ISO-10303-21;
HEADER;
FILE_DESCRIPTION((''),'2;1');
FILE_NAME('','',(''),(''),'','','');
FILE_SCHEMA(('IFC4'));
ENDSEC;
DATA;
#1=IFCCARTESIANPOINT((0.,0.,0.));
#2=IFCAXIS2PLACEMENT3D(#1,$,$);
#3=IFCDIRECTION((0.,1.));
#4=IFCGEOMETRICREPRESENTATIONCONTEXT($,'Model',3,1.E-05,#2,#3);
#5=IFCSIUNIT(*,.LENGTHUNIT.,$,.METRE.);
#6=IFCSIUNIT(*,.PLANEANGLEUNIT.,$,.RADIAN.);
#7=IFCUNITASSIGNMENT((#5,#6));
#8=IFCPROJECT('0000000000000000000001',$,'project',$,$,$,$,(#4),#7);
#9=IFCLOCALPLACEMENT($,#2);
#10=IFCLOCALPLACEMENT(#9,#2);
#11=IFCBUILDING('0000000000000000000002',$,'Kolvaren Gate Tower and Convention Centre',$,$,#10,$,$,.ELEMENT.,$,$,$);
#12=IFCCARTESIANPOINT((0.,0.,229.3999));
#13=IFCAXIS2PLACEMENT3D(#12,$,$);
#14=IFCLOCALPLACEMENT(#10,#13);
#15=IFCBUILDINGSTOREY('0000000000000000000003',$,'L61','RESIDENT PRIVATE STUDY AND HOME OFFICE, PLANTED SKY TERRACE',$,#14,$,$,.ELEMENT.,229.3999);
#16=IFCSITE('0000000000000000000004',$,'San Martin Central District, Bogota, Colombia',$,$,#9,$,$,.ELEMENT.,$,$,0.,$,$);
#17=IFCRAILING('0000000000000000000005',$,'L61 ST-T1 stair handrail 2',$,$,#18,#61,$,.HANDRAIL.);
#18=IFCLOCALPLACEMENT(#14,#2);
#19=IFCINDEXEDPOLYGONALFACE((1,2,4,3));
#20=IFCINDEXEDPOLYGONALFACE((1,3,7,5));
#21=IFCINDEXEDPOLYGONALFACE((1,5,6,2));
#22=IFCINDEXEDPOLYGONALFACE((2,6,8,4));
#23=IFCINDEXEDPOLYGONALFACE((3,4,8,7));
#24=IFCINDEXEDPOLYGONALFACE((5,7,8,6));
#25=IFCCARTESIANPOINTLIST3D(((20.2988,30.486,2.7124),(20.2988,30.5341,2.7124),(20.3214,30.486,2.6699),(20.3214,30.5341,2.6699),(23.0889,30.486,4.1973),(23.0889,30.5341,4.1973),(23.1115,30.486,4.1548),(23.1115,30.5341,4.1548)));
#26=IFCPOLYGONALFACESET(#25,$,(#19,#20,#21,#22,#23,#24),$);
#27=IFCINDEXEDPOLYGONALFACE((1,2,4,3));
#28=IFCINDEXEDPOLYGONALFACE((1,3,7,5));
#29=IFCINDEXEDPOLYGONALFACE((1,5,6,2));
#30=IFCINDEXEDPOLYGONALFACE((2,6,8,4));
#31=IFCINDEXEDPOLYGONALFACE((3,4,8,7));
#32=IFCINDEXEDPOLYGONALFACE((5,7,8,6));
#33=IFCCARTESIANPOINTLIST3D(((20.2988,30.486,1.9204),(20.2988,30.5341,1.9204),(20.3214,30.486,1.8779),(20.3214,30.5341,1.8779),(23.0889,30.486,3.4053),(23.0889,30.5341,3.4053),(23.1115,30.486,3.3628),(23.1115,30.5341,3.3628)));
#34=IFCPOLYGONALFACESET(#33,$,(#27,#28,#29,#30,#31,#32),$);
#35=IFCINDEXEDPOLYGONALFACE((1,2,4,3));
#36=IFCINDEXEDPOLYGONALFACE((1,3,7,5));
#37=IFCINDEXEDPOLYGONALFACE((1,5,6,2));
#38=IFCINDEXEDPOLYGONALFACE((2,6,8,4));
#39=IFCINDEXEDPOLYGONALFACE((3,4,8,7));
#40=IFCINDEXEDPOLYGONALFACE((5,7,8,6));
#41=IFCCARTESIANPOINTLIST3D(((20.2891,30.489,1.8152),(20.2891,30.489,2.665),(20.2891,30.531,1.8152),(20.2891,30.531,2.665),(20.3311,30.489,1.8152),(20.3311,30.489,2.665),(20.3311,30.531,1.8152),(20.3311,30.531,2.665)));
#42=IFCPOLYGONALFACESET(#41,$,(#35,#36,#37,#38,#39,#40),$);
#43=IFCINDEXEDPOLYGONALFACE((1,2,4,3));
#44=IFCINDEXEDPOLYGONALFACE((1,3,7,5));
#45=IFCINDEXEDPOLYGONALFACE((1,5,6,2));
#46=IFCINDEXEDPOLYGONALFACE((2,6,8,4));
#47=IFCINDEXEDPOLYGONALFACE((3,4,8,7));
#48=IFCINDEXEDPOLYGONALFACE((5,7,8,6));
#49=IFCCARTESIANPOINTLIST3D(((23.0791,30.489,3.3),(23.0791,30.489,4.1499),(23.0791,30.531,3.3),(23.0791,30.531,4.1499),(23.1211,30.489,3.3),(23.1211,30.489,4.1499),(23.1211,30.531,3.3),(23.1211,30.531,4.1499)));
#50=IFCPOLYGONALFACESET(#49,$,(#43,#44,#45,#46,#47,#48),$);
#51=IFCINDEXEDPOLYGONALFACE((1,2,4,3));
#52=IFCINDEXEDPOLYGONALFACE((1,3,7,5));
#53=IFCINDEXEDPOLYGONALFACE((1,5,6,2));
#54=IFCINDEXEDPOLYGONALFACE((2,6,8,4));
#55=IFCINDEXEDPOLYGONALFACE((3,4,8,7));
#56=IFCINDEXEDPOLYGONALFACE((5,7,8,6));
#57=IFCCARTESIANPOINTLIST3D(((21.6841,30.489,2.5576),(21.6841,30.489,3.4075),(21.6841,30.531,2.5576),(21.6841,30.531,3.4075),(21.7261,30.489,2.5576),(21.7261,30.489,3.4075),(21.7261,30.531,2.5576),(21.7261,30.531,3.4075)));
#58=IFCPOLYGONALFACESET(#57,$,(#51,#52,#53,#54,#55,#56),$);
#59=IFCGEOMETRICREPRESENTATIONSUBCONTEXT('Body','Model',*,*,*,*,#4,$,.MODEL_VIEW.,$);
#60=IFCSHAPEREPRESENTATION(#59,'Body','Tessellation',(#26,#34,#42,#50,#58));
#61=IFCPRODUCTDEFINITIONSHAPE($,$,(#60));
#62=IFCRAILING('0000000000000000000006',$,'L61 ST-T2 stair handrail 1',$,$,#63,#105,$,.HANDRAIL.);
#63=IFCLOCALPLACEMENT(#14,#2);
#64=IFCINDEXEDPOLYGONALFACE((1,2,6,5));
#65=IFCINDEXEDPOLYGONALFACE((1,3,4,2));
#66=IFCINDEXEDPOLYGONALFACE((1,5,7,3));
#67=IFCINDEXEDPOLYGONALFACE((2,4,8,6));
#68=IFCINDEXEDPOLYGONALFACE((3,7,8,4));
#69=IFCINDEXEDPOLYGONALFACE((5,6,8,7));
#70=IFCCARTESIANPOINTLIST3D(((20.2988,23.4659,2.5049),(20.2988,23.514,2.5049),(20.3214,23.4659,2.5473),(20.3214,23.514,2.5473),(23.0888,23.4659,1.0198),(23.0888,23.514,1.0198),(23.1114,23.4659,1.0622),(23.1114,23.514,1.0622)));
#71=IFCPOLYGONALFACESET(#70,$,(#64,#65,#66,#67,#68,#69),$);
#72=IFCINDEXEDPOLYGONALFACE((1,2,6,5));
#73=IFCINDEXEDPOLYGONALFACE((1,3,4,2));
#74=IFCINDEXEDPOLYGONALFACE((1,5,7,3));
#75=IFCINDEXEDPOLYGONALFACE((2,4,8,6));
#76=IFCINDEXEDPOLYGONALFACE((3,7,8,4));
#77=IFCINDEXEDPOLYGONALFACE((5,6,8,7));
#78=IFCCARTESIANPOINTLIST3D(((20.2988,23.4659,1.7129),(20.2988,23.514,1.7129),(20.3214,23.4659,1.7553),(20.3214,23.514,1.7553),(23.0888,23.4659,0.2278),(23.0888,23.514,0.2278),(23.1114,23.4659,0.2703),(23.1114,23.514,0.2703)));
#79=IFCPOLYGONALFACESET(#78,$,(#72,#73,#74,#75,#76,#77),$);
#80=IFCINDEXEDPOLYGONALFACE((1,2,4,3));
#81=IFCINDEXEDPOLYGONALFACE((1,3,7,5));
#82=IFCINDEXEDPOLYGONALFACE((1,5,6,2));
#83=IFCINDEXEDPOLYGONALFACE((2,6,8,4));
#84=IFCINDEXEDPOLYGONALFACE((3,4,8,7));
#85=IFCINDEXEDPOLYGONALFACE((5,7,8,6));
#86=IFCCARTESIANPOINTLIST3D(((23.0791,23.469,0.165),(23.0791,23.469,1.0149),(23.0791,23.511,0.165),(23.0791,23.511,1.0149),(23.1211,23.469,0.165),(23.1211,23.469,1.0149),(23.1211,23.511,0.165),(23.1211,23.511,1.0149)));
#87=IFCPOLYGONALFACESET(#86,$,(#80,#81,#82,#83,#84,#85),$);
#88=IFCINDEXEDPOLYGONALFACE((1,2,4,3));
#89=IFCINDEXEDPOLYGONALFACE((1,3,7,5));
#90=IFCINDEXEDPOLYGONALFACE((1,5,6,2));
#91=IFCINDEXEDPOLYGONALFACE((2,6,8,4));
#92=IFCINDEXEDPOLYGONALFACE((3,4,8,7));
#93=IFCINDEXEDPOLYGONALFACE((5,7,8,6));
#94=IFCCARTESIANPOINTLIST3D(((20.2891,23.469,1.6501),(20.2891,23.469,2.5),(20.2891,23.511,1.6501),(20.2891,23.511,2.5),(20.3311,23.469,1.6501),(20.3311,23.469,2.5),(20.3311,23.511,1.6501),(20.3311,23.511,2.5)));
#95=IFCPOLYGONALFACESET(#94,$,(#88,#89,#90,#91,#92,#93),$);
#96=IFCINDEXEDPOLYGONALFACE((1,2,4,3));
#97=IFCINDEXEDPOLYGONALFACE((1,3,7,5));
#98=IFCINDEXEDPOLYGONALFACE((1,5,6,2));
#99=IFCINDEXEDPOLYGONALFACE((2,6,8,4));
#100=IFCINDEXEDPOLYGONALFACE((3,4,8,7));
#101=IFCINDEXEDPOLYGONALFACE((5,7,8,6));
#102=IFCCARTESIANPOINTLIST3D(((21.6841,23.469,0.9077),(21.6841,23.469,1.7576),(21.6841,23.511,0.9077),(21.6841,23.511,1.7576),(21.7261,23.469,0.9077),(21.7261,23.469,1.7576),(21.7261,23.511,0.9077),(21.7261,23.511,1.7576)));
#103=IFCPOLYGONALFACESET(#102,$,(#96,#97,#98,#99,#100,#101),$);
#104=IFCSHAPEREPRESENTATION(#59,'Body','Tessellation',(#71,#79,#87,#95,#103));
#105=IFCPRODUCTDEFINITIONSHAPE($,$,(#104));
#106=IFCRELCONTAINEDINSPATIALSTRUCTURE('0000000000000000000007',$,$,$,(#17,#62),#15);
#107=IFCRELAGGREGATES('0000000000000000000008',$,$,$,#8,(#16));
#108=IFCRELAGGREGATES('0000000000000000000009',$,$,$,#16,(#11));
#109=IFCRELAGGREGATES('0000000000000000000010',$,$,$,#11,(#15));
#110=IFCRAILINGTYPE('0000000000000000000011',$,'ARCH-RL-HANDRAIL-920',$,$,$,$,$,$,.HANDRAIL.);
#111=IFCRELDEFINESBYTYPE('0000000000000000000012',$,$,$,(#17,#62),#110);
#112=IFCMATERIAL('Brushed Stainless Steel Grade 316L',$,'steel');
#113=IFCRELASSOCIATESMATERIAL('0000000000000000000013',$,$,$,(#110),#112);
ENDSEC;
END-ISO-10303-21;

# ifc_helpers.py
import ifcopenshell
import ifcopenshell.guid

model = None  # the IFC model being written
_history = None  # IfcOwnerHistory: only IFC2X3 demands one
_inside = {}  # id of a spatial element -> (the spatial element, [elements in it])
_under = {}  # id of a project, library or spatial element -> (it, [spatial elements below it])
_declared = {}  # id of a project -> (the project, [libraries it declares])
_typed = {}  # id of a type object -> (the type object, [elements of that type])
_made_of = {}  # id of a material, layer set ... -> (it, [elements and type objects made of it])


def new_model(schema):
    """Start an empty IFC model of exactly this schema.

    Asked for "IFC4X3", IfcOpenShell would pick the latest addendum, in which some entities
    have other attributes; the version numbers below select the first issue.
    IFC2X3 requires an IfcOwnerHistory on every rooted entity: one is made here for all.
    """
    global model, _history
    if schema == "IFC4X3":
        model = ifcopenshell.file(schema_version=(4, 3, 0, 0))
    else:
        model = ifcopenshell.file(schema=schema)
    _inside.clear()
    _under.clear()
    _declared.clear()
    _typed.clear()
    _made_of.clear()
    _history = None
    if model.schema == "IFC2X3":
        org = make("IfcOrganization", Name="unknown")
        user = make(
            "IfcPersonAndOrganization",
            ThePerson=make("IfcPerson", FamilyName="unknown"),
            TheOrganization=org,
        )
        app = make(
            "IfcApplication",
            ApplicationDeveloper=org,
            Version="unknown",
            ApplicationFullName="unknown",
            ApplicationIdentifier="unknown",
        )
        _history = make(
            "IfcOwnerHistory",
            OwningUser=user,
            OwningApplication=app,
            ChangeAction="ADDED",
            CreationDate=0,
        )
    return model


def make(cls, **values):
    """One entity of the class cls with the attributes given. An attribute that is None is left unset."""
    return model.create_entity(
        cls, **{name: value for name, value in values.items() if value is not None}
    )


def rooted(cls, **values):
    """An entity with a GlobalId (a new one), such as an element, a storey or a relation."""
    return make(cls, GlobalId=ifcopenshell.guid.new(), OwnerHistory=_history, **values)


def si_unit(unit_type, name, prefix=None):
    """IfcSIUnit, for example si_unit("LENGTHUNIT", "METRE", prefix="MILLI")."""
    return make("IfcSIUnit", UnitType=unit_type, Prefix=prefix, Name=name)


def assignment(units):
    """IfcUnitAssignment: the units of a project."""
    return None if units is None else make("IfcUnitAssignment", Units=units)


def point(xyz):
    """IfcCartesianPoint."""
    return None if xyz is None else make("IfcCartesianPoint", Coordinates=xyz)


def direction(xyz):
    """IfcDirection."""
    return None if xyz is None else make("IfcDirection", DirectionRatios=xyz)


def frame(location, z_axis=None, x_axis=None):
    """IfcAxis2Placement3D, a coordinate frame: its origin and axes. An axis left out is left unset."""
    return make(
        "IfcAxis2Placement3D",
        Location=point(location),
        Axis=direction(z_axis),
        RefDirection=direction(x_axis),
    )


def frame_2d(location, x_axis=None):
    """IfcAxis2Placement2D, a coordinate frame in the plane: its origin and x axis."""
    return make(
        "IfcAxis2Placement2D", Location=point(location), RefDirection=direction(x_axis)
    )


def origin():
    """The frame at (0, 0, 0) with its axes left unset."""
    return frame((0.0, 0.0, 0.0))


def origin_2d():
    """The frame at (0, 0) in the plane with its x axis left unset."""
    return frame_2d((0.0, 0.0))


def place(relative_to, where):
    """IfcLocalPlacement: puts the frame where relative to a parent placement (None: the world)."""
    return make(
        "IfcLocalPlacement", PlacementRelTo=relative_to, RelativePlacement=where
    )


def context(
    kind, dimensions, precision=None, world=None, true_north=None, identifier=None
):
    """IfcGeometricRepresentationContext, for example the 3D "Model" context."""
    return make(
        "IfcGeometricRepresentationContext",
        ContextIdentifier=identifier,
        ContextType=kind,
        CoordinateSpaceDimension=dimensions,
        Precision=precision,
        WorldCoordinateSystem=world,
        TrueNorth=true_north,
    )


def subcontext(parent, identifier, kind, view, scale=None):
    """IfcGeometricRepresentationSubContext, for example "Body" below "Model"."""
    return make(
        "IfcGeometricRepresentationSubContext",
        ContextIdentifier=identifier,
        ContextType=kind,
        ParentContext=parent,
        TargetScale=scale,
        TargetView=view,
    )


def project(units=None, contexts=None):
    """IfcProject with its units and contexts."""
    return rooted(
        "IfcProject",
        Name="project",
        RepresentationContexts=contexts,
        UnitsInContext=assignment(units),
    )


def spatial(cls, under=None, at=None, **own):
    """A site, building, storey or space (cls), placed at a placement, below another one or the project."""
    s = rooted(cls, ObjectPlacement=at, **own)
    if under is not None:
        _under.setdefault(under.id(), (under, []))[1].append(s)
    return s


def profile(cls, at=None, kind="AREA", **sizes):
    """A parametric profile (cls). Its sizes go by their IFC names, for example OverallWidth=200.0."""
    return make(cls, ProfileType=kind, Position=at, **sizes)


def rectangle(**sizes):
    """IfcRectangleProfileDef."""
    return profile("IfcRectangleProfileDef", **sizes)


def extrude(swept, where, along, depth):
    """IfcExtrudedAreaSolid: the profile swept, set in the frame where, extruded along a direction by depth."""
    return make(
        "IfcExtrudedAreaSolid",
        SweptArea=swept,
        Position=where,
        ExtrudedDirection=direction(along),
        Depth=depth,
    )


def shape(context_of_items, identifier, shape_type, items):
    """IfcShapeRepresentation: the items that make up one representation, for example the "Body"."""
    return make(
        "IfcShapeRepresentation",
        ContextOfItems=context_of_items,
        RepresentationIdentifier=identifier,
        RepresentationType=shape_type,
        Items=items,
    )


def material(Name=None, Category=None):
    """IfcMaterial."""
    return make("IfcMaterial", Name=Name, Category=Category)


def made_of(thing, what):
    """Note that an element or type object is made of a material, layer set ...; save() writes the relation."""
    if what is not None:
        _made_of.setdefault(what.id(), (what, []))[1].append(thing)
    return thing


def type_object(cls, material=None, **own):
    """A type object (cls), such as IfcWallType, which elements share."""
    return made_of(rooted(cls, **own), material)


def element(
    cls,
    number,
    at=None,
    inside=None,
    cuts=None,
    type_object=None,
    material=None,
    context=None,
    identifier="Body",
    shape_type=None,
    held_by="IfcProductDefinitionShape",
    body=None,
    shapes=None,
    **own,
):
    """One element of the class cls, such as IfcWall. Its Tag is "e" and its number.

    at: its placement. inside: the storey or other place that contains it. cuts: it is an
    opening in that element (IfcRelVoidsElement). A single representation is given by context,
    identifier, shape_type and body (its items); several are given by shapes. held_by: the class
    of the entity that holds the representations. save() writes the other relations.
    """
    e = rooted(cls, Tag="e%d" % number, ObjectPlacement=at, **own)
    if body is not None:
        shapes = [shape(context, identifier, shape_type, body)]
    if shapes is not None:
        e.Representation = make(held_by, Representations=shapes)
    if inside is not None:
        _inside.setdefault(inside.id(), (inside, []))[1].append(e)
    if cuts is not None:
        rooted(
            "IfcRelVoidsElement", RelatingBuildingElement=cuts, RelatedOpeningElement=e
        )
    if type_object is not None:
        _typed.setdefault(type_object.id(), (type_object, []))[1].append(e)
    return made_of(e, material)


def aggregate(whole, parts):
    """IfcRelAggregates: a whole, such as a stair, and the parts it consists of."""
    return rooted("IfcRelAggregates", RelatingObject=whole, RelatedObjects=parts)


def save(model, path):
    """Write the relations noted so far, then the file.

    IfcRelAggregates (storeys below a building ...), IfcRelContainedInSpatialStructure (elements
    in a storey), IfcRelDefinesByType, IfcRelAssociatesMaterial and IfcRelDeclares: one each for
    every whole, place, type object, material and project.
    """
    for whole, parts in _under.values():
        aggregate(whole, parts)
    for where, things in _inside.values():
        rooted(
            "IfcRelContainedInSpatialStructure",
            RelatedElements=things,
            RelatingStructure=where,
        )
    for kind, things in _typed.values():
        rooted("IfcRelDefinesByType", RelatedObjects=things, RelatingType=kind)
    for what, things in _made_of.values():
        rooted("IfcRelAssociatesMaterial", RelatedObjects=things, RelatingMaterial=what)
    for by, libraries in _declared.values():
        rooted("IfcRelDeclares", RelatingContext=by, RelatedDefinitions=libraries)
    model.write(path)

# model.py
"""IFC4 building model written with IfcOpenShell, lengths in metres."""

from ifc_helpers import new_model, si_unit, direction, frame, origin, origin_2d, place, context, subcontext, project, spatial, rectangle, extrude, material, type_object, element, save


model = new_model("IFC4")

# Units and contexts
model_context = context("Model", 3, precision=1e-05, world=origin(), true_north=direction((0.0, 1.0)))
body_context = subcontext(model_context, "Body", "Model", "MODEL_VIEW")
ifc_project = project(units=[si_unit("LENGTHUNIT", "METRE"), si_unit("PLANEANGLEUNIT", "RADIAN")], contexts=[model_context])

# Site, building, storey
site_placement = place(None, origin())
site = spatial("IfcSite", under=ifc_project, at=site_placement, Name="San Martin Central District, Bogota, Colombia", CompositionType="ELEMENT", RefElevation=0.0)
building_placement = place(site_placement, origin())
building = spatial("IfcBuilding", under=site, at=building_placement, Name="Kolvaren Gate Tower and Convention Centre", CompositionType="ELEMENT")
storey_placement = place(building_placement, frame((0.0, 0.0, 229.3999)))
storey = spatial("IfcBuildingStorey", under=building, at=storey_placement, Name="L61", Description="RESIDENT PRIVATE STUDY AND HOME OFFICE, PLANTED SKY TERRACE", CompositionType="ELEMENT", Elevation=229.3999)

# Shared definitions
ifc_material_1 = material(Name="Brushed Stainless Steel Grade 316L", Category="steel")

# Railings
railing_type = type_object("IfcRailingType", Name="ARCH-RL-HANDRAIL-920", PredefinedType="HANDRAIL", material=ifc_material_1)
railing_1_placement = place(storey_placement, frame((20.3101, 30.51, 1.8152)))
element("IfcRailing", 1, at=railing_1_placement, inside=storey, type_object=railing_type, Name="L61 ST-T1 stair handrail 2", PredefinedType="HANDRAIL", context=body_context, shape_type="SweptSolid", body=[
    extrude(rectangle(XDim=0.0481, YDim=0.0481, at=origin_2d()), frame((0.0, 0.0, 0.876), z_axis=(0.882767, 0.0, 0.46981), x_axis=(0.0, 1.0, 0.0)), (0.0, 0.0, 1.0), 3.1606),
    extrude(rectangle(XDim=0.0481, YDim=0.0481, at=origin_2d()), frame((0.0, 0.0, 0.084), z_axis=(0.882767, 0.0, 0.46981), x_axis=(0.0, 1.0, 0.0)), (0.0, 0.0, 1.0), 3.1606),
    extrude(rectangle(XDim=0.042, YDim=0.042, at=origin_2d()), origin(), (0.0, 0.0, 1.0), 0.8499),
    extrude(rectangle(XDim=0.042, YDim=0.042, at=origin_2d()), frame((2.79, 0.0, 1.4849)), (0.0, 0.0, 1.0), 0.8499),
    extrude(rectangle(XDim=0.042, YDim=0.042, at=origin_2d()), frame((1.395, 0.0, 0.7424)), (0.0, 0.0, 1.0), 0.8499),
])
railing_2_placement = place(storey_placement, frame((23.1001, 23.49, 0.165)))
element("IfcRailing", 2, at=railing_2_placement, inside=storey, type_object=railing_type, Name="L61 ST-T2 stair handrail 1", PredefinedType="HANDRAIL", context=body_context, shape_type="SweptSolid", body=[
    extrude(rectangle(XDim=0.0481, YDim=0.0481, at=origin_2d()), frame((0.0, 0.0, 0.876), z_axis=(-0.882735, 0.0, 0.46987), x_axis=(0.0, -1.0, 0.0)), (0.0, 0.0, 1.0), 3.1606),
    extrude(rectangle(XDim=0.0481, YDim=0.0481, at=origin_2d()), frame((0.0, 0.0, 0.084), z_axis=(-0.882735, 0.0, 0.46987), x_axis=(0.0, -1.0, 0.0)), (0.0, 0.0, 1.0), 3.1606),
    extrude(rectangle(XDim=0.042, YDim=0.042, at=origin_2d()), origin(), (0.0, 0.0, 1.0), 0.8499),
    extrude(rectangle(XDim=0.042, YDim=0.042, at=origin_2d()), frame((-2.79, 0.0, 1.4851)), (0.0, 0.0, 1.0), 0.8499),
    extrude(rectangle(XDim=0.042, YDim=0.042, at=origin_2d()), frame((-1.395, 0.0, 0.7427)), (0.0, 0.0, 1.0), 0.8499),
])

save(model, "model.ifc")
